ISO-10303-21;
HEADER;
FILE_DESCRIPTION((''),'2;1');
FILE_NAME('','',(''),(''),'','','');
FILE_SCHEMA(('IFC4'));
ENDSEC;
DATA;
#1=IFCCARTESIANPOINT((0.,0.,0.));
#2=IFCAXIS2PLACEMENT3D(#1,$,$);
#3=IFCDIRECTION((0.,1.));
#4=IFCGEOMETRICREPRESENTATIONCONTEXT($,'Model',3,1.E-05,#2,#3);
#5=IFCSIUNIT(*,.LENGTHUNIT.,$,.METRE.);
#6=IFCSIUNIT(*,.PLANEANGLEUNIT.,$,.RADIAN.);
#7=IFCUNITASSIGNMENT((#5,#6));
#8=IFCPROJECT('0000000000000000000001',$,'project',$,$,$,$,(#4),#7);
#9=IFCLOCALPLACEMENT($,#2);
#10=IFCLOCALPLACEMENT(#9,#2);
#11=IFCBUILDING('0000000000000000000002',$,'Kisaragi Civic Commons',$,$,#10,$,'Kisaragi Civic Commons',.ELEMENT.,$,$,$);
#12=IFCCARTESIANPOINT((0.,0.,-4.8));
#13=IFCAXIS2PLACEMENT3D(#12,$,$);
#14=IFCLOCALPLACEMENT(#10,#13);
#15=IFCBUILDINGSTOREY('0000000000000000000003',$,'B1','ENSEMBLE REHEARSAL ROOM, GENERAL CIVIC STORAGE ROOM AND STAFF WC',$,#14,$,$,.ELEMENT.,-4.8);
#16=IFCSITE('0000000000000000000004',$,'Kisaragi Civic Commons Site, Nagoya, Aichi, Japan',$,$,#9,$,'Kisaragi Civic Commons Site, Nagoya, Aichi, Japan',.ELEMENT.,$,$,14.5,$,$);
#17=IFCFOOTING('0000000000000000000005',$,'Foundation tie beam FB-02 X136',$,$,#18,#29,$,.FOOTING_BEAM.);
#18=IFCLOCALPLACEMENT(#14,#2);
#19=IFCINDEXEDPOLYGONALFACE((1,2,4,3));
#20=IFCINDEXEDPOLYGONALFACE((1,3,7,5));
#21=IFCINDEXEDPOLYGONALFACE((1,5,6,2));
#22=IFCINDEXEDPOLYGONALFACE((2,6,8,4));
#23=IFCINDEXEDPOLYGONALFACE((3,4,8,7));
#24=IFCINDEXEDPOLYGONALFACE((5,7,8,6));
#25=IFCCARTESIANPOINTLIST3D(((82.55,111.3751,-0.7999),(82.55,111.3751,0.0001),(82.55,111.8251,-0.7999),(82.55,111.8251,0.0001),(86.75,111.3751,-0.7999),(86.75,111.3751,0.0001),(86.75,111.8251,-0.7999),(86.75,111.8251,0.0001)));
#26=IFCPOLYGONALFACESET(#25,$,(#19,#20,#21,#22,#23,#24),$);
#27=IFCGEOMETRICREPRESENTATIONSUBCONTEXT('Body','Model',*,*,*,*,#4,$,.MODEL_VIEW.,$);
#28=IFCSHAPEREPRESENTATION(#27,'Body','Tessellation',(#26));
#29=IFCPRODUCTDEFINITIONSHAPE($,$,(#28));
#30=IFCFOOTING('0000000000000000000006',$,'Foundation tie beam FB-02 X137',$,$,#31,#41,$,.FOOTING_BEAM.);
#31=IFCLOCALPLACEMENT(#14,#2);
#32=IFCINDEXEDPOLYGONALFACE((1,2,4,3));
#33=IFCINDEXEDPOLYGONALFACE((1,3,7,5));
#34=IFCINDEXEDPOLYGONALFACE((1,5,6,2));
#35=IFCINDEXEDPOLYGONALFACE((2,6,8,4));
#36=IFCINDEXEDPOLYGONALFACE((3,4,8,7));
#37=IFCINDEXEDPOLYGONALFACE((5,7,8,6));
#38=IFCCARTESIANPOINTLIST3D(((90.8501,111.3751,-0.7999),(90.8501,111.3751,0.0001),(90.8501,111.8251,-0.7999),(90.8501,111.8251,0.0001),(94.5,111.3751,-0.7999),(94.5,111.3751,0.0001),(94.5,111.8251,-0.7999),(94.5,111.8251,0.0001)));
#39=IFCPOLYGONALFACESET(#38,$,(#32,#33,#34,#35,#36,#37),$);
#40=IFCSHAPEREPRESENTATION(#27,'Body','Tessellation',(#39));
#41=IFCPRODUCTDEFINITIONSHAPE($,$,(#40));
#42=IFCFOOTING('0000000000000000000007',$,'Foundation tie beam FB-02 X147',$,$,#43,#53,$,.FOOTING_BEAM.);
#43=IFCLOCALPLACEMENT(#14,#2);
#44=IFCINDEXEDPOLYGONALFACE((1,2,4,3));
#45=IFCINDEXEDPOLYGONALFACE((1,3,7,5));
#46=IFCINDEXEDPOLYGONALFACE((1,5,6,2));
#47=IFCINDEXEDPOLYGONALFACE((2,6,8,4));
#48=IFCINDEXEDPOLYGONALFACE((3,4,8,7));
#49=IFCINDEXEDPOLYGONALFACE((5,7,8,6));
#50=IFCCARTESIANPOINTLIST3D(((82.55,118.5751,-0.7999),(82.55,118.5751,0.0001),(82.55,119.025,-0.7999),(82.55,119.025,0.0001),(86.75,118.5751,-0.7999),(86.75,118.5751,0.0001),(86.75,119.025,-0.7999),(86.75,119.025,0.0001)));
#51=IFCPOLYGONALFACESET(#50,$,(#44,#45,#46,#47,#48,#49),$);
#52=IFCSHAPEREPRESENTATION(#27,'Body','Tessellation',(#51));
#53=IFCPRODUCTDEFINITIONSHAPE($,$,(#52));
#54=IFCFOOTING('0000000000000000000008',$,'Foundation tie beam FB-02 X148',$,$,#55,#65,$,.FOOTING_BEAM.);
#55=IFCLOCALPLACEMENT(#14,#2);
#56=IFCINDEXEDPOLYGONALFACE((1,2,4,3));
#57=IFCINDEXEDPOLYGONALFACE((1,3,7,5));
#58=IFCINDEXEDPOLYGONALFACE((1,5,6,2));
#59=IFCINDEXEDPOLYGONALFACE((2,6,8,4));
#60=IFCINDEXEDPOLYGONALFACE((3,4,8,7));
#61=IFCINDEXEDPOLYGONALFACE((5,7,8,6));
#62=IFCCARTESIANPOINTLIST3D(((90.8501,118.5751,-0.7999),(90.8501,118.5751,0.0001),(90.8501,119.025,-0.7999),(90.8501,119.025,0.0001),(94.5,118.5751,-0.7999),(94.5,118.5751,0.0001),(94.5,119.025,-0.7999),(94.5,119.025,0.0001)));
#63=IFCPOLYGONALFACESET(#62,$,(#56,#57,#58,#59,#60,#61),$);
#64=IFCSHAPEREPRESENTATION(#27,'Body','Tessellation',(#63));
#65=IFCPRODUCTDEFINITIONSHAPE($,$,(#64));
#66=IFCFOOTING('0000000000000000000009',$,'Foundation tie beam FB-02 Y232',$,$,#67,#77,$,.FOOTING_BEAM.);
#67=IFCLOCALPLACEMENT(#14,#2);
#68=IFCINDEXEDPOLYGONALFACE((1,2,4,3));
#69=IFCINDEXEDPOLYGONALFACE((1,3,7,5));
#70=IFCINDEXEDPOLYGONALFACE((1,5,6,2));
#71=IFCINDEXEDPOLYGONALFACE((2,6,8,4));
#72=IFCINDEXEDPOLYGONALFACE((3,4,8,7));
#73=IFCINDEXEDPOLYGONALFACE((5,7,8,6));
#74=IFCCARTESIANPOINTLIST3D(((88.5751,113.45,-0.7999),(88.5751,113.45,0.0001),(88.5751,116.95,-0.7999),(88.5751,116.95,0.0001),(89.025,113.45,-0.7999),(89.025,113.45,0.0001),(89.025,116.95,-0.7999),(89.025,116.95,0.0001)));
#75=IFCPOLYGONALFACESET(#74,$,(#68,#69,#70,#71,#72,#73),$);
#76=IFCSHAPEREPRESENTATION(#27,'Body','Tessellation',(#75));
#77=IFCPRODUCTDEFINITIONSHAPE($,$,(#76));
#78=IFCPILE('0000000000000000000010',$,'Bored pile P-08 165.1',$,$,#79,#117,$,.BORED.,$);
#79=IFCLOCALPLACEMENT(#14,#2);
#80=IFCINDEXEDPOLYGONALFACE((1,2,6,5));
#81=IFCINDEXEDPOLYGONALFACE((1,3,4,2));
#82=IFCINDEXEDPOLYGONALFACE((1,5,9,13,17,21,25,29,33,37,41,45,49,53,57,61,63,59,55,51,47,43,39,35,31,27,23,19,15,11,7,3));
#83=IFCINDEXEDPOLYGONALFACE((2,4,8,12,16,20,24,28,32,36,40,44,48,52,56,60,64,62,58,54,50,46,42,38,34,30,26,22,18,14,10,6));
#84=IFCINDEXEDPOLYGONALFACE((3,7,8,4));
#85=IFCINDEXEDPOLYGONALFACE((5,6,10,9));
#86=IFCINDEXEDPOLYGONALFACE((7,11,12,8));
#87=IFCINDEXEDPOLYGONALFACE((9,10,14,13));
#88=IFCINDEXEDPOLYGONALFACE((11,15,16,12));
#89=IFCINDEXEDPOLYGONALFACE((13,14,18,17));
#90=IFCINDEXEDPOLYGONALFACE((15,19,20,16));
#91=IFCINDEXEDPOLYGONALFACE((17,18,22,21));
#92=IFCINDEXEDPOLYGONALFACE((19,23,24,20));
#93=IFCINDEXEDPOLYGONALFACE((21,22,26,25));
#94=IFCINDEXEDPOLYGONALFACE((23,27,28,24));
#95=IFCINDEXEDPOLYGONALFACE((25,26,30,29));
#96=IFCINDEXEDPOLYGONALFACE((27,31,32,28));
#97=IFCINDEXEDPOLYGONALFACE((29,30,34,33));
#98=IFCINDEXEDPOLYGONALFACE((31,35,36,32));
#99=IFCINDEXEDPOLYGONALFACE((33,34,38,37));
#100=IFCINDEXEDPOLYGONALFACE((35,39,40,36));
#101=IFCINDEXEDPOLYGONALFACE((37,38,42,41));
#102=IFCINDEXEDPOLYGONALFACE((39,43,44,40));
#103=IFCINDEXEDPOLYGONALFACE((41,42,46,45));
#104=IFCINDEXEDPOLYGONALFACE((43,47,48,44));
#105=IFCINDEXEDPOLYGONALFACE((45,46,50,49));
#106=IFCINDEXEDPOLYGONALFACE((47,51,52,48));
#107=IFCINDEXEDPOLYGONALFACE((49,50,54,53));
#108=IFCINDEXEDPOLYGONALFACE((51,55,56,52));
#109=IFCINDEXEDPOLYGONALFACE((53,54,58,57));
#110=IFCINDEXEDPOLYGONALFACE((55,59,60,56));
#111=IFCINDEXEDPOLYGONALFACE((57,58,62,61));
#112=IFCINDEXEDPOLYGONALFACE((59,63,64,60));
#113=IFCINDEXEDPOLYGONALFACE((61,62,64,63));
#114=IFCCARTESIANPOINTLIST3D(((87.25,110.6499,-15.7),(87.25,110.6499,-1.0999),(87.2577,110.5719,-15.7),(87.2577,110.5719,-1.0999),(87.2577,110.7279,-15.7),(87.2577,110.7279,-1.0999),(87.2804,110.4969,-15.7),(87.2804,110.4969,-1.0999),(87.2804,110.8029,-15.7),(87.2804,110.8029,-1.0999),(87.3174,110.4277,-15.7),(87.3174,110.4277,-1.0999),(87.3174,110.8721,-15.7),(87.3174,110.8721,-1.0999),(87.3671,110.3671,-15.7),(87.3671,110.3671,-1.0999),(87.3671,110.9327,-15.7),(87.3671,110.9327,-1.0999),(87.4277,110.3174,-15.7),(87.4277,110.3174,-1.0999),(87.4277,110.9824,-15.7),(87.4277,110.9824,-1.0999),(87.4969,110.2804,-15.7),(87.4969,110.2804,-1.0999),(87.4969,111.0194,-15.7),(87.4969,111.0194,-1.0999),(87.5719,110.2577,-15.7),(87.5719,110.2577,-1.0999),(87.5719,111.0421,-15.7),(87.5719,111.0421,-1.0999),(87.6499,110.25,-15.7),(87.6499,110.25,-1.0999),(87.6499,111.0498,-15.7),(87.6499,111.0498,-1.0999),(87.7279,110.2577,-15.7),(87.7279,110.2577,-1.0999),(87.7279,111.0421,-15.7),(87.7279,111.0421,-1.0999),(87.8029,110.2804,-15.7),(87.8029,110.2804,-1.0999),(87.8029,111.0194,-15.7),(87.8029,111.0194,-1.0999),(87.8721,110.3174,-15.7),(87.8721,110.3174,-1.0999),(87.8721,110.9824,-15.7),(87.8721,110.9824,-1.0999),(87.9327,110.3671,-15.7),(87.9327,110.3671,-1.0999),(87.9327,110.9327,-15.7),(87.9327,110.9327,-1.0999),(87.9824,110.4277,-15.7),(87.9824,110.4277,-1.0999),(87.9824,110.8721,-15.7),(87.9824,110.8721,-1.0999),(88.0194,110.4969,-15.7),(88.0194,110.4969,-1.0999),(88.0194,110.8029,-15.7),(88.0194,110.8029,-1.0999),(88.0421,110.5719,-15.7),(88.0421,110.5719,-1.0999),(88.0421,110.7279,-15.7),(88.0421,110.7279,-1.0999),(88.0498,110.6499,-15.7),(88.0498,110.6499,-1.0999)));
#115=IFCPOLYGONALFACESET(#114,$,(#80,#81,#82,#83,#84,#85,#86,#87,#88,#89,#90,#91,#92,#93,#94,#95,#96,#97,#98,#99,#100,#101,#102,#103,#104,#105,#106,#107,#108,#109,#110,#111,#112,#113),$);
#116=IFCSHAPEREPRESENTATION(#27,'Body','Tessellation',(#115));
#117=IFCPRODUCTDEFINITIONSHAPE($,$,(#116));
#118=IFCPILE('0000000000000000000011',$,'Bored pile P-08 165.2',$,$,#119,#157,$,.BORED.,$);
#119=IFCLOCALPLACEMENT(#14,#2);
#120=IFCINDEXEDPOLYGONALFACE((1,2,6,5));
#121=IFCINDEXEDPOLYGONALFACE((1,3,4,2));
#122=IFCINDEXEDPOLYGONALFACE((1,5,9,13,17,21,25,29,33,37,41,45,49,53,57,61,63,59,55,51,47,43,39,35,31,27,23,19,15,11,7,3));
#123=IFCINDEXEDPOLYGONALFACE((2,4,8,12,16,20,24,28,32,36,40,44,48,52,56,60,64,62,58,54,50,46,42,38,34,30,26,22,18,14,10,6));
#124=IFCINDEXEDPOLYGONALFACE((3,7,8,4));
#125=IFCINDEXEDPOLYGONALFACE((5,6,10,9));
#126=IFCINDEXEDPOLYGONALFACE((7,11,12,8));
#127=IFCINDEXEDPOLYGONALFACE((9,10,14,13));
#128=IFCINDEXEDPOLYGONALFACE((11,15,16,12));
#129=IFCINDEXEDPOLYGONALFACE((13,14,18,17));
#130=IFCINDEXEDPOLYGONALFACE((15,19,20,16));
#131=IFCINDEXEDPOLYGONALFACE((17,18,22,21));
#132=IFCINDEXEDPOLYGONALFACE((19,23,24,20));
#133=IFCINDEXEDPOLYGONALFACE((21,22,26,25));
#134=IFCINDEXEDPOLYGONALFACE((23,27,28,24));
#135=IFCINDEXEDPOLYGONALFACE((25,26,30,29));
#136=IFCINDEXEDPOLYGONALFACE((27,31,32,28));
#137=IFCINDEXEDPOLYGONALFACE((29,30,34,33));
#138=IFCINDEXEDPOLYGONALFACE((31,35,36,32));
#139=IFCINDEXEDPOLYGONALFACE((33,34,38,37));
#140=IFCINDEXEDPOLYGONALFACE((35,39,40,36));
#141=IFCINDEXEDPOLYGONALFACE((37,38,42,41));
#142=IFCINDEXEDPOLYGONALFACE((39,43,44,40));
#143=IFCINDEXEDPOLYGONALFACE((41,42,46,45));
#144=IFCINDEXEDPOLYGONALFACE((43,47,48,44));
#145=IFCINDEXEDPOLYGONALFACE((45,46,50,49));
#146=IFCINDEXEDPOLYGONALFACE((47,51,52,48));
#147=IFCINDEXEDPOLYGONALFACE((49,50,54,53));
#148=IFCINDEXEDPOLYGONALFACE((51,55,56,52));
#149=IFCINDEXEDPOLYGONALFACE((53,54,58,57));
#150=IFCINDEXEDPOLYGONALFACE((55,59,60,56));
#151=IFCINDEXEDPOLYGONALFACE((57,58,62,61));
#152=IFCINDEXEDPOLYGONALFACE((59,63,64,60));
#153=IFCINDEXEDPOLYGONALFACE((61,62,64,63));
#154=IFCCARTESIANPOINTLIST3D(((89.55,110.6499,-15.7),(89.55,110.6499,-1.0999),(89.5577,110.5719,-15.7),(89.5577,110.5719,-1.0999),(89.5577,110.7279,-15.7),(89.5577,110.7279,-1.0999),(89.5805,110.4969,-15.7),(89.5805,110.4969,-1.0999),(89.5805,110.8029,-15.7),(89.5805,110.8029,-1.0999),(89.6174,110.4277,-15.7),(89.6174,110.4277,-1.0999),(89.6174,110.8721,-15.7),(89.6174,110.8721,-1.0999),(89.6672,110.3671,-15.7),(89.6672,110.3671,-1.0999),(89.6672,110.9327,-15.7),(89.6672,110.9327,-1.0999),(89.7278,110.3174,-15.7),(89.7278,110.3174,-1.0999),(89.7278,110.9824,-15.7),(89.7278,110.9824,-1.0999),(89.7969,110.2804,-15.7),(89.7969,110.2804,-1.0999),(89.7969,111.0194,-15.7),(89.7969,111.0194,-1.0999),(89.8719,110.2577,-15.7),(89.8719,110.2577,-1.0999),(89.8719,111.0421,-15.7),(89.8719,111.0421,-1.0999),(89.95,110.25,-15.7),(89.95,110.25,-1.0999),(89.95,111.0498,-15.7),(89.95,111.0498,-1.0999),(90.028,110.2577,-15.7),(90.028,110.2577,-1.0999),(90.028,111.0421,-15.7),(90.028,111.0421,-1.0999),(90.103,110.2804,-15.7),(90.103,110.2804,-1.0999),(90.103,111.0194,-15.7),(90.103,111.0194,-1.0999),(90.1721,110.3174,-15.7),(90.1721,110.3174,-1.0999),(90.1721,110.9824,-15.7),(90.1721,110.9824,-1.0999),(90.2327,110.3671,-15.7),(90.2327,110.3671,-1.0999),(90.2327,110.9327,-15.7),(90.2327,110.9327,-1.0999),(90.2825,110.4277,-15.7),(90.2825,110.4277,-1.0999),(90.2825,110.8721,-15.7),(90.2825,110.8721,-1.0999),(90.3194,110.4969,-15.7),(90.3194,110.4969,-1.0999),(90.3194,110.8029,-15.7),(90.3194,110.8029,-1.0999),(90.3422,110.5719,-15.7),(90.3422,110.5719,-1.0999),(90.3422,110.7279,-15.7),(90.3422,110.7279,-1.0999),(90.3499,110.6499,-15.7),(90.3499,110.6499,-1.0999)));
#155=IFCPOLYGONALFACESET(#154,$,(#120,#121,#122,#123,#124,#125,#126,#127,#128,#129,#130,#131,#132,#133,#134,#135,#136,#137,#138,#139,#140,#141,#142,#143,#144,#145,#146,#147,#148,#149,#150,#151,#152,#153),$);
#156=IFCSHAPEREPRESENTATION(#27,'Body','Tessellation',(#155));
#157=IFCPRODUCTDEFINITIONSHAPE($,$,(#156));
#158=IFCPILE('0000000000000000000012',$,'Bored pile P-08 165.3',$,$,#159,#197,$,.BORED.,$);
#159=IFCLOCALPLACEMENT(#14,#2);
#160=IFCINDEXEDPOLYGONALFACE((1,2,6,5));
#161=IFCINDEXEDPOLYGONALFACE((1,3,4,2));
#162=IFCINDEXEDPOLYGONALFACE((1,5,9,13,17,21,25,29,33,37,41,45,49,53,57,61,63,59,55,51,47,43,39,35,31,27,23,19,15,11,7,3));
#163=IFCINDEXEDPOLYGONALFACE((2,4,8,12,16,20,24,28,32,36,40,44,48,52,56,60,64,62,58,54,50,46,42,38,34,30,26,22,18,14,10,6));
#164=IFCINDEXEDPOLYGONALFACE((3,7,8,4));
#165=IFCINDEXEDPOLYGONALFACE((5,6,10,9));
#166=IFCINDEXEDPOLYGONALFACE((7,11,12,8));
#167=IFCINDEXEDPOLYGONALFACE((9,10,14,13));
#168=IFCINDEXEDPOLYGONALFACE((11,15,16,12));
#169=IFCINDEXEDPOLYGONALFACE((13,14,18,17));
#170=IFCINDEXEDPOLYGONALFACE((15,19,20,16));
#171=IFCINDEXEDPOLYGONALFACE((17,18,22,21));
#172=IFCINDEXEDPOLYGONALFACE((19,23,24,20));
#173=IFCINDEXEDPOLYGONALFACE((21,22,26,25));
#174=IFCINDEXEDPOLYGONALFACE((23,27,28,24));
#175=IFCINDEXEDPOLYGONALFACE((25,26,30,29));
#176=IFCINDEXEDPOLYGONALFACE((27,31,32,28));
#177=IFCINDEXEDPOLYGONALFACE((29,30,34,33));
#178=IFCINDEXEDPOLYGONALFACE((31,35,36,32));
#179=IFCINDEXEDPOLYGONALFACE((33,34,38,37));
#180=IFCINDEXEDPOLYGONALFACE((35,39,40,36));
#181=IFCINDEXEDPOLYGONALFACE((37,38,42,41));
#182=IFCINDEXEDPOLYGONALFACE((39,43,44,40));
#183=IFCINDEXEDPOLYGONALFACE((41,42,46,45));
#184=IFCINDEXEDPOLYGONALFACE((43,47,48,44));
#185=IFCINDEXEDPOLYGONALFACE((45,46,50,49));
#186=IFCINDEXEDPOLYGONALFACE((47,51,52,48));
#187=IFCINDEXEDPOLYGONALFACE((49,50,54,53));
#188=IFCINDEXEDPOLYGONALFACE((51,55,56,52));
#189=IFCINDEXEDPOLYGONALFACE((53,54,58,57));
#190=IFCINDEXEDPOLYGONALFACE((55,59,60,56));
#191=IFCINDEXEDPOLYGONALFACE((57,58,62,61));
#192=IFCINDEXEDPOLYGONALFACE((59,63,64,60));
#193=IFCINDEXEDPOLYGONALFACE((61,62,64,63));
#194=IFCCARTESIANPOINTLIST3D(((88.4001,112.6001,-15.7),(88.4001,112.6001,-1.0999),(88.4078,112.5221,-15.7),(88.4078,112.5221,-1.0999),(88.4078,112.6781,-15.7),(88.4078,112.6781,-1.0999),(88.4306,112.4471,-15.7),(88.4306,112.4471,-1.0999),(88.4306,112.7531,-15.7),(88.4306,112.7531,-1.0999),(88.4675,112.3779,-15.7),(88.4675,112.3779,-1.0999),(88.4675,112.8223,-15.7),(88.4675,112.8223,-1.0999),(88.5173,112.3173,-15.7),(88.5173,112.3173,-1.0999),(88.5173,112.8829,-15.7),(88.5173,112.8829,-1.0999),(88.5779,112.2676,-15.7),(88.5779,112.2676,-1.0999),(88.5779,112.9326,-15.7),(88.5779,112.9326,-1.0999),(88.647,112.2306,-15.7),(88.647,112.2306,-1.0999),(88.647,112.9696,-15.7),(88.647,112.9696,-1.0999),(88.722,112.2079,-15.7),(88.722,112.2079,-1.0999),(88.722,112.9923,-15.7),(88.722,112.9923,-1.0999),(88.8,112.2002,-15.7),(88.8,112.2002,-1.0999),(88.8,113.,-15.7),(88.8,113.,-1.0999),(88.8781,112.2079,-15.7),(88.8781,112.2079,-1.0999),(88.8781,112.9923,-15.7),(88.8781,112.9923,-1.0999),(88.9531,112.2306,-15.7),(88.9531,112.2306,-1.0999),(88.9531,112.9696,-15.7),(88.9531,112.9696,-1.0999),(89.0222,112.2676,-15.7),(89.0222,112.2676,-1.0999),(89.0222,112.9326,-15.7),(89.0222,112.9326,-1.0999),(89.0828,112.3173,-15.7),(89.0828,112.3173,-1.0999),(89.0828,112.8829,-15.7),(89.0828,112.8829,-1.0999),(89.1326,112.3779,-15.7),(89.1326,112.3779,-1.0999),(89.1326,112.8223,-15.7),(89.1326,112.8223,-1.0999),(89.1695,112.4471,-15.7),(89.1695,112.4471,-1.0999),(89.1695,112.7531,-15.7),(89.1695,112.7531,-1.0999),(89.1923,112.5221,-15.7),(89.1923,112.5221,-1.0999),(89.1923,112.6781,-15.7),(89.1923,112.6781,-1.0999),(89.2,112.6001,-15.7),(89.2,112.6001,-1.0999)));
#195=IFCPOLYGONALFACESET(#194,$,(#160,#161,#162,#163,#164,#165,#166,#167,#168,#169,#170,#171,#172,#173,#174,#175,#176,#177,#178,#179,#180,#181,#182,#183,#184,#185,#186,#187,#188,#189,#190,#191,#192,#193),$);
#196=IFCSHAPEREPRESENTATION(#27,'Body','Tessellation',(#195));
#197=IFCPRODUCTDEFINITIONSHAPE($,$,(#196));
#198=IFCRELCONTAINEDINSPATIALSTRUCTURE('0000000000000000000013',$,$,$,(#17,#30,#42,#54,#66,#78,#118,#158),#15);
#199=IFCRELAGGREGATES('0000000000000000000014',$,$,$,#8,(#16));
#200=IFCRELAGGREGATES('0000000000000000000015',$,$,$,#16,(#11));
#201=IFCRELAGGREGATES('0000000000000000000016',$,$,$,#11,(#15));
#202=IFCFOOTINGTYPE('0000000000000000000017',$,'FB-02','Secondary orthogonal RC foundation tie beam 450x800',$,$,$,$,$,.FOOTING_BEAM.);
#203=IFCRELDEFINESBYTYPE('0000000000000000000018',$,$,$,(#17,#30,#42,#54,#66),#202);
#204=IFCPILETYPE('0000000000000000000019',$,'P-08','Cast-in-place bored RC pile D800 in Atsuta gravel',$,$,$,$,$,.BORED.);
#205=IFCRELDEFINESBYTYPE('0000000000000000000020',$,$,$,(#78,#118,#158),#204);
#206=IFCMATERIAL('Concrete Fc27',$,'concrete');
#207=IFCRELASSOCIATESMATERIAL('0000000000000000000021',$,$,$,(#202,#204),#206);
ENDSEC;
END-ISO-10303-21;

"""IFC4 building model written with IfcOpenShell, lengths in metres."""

from ifc_helpers import new_model, si_unit, direction, frame, origin, origin_2d, place, context, subcontext, project, spatial, rectangle, circle, extrude, material, material_profile, profile_set, type_object, element, save


model = new_model("IFC4")

# Units and contexts
model_context = context("Model", 3, precision=1e-05, world=origin(), true_north=direction((0.0, 1.0)))
body_context = subcontext(model_context, "Body", "Model", "MODEL_VIEW")
ifc_project = project(units=[si_unit("LENGTHUNIT", "METRE"), si_unit("PLANEANGLEUNIT", "RADIAN")], contexts=[model_context])

# Site, building, storey
site_placement = place(None, origin())
site = spatial("IfcSite", under=ifc_project, at=site_placement, Name="Kisaragi Civic Commons Site, Nagoya, Aichi, Japan", LongName="Kisaragi Civic Commons Site, Nagoya, Aichi, Japan", CompositionType="ELEMENT", RefElevation=14.5)
building_placement = place(site_placement, origin())
building = spatial("IfcBuilding", under=site, at=building_placement, Name="Kisaragi Civic Commons", LongName="Kisaragi Civic Commons", CompositionType="ELEMENT")
storey_placement = place(building_placement, frame((0.0, 0.0, -4.8)))
storey = spatial("IfcBuildingStorey", under=building, at=storey_placement, Name="B1", Description="ENSEMBLE REHEARSAL ROOM, GENERAL CIVIC STORAGE ROOM AND STAFF WC", CompositionType="ELEMENT", Elevation=-4.8)

# Footings
ifc_material_1 = material(Name="Concrete Fc27", Category="concrete")
ifc_material_profile_1 = material_profile(ifc_material_1, rectangle(XDim=0.45, YDim=0.8, at=origin_2d()), Name="RC-450x800", Category="concrete")
ifc_profile_set_1 = profile_set([ifc_material_profile_1], Name="Concrete Fc27")
footing_type_1 = type_object("IfcFootingType", Name="FB-02", Description="Secondary orthogonal RC foundation tie beam 450x800", PredefinedType="FOOTING_BEAM", material=ifc_profile_set_1)
footing_1_placement = place(storey_placement, frame((82.55, 111.6001, -0.3999), z_axis=(1.0, 0.0, 0.0), x_axis=(0.0, 1.0, 0.0)))
element("IfcFooting", 1, at=footing_1_placement, inside=storey, type_object=footing_type_1, Name="Foundation tie beam FB-02 X136", PredefinedType="FOOTING_BEAM", context=body_context, shape_type="SweptSolid", body=[
    extrude(rectangle(XDim=0.45, YDim=0.8, at=origin_2d()), origin(), (0.0, 0.0, 1.0), 4.2),
])
footing_2_placement = place(storey_placement, frame((90.8501, 111.6001, -0.3999), z_axis=(1.0, 0.0, 0.0), x_axis=(0.0, 1.0, 0.0)))
element("IfcFooting", 2, at=footing_2_placement, inside=storey, type_object=footing_type_1, Name="Foundation tie beam FB-02 X137", PredefinedType="FOOTING_BEAM", context=body_context, shape_type="SweptSolid", body=[
    extrude(rectangle(XDim=0.45, YDim=0.8, at=origin_2d()), origin(), (0.0, 0.0, 1.0), 3.6499),
])
footing_3_placement = place(storey_placement, frame((82.55, 118.8, -0.3999), z_axis=(1.0, 0.0, 0.0), x_axis=(0.0, 1.0, 0.0)))
element("IfcFooting", 3, at=footing_3_placement, inside=storey, type_object=footing_type_1, Name="Foundation tie beam FB-02 X147", PredefinedType="FOOTING_BEAM", context=body_context, shape_type="SweptSolid", body=[
    extrude(rectangle(XDim=0.45, YDim=0.8, at=origin_2d()), origin(), (0.0, 0.0, 1.0), 4.2),
])
footing_4_placement = place(storey_placement, frame((90.8501, 118.8, -0.3999), z_axis=(1.0, 0.0, 0.0), x_axis=(0.0, 1.0, 0.0)))
element("IfcFooting", 4, at=footing_4_placement, inside=storey, type_object=footing_type_1, Name="Foundation tie beam FB-02 X148", PredefinedType="FOOTING_BEAM", context=body_context, shape_type="SweptSolid", body=[
    extrude(rectangle(XDim=0.45, YDim=0.8, at=origin_2d()), origin(), (0.0, 0.0, 1.0), 3.6499),
])
footing_5_placement = place(storey_placement, frame((88.8, 113.45, -0.3999), z_axis=(0.0, 1.0, 0.0), x_axis=(-1.0, 0.0, 0.0)))
element("IfcFooting", 5, at=footing_5_placement, inside=storey, type_object=footing_type_1, Name="Foundation tie beam FB-02 Y232", PredefinedType="FOOTING_BEAM", context=body_context, shape_type="SweptSolid", body=[
    extrude(rectangle(XDim=0.45, YDim=0.8, at=origin_2d()), origin(), (0.0, 0.0, 1.0), 3.5),
])

# Piles
ifc_material_profile_2 = material_profile(ifc_material_1, circle(Radius=0.3999, at=origin_2d()), Name="PILE-D800", Category="concrete")
ifc_profile_set_2 = profile_set([ifc_material_profile_2], Name="Concrete Fc27")
pile_type_1 = type_object("IfcPileType", Name="P-08", Description="Cast-in-place bored RC pile D800 in Atsuta gravel", PredefinedType="BORED", material=ifc_profile_set_2)
for number, where, z_axis, x_axis, name in (
    (6, (87.6499, 110.6499, -1.0999), (0.0, 0.0, -1.0), (1.0, 0.0, 0.0), "Bored pile P-08 165.1"),
    (7, (89.95, 110.6499, -1.0999), (0.0, 0.0, -1.0), (1.0, 0.0, 0.0), "Bored pile P-08 165.2"),
    (8, (88.8, 112.6001, -1.0999), (0.0, 0.0, -1.0), (1.0, 0.0, 0.0), "Bored pile P-08 165.3"),
):
    element("IfcPile", number, at=place(storey_placement, frame(where, z_axis=z_axis, x_axis=x_axis)), inside=storey, type_object=pile_type_1, Name=name, PredefinedType="BORED", context=body_context, shape_type="SweptSolid", body=[
        extrude(circle(Radius=0.3999, at=origin_2d()), origin(), (0.0, 0.0, 1.0), 14.6001),
    ])

save(model, "model.ifc")
